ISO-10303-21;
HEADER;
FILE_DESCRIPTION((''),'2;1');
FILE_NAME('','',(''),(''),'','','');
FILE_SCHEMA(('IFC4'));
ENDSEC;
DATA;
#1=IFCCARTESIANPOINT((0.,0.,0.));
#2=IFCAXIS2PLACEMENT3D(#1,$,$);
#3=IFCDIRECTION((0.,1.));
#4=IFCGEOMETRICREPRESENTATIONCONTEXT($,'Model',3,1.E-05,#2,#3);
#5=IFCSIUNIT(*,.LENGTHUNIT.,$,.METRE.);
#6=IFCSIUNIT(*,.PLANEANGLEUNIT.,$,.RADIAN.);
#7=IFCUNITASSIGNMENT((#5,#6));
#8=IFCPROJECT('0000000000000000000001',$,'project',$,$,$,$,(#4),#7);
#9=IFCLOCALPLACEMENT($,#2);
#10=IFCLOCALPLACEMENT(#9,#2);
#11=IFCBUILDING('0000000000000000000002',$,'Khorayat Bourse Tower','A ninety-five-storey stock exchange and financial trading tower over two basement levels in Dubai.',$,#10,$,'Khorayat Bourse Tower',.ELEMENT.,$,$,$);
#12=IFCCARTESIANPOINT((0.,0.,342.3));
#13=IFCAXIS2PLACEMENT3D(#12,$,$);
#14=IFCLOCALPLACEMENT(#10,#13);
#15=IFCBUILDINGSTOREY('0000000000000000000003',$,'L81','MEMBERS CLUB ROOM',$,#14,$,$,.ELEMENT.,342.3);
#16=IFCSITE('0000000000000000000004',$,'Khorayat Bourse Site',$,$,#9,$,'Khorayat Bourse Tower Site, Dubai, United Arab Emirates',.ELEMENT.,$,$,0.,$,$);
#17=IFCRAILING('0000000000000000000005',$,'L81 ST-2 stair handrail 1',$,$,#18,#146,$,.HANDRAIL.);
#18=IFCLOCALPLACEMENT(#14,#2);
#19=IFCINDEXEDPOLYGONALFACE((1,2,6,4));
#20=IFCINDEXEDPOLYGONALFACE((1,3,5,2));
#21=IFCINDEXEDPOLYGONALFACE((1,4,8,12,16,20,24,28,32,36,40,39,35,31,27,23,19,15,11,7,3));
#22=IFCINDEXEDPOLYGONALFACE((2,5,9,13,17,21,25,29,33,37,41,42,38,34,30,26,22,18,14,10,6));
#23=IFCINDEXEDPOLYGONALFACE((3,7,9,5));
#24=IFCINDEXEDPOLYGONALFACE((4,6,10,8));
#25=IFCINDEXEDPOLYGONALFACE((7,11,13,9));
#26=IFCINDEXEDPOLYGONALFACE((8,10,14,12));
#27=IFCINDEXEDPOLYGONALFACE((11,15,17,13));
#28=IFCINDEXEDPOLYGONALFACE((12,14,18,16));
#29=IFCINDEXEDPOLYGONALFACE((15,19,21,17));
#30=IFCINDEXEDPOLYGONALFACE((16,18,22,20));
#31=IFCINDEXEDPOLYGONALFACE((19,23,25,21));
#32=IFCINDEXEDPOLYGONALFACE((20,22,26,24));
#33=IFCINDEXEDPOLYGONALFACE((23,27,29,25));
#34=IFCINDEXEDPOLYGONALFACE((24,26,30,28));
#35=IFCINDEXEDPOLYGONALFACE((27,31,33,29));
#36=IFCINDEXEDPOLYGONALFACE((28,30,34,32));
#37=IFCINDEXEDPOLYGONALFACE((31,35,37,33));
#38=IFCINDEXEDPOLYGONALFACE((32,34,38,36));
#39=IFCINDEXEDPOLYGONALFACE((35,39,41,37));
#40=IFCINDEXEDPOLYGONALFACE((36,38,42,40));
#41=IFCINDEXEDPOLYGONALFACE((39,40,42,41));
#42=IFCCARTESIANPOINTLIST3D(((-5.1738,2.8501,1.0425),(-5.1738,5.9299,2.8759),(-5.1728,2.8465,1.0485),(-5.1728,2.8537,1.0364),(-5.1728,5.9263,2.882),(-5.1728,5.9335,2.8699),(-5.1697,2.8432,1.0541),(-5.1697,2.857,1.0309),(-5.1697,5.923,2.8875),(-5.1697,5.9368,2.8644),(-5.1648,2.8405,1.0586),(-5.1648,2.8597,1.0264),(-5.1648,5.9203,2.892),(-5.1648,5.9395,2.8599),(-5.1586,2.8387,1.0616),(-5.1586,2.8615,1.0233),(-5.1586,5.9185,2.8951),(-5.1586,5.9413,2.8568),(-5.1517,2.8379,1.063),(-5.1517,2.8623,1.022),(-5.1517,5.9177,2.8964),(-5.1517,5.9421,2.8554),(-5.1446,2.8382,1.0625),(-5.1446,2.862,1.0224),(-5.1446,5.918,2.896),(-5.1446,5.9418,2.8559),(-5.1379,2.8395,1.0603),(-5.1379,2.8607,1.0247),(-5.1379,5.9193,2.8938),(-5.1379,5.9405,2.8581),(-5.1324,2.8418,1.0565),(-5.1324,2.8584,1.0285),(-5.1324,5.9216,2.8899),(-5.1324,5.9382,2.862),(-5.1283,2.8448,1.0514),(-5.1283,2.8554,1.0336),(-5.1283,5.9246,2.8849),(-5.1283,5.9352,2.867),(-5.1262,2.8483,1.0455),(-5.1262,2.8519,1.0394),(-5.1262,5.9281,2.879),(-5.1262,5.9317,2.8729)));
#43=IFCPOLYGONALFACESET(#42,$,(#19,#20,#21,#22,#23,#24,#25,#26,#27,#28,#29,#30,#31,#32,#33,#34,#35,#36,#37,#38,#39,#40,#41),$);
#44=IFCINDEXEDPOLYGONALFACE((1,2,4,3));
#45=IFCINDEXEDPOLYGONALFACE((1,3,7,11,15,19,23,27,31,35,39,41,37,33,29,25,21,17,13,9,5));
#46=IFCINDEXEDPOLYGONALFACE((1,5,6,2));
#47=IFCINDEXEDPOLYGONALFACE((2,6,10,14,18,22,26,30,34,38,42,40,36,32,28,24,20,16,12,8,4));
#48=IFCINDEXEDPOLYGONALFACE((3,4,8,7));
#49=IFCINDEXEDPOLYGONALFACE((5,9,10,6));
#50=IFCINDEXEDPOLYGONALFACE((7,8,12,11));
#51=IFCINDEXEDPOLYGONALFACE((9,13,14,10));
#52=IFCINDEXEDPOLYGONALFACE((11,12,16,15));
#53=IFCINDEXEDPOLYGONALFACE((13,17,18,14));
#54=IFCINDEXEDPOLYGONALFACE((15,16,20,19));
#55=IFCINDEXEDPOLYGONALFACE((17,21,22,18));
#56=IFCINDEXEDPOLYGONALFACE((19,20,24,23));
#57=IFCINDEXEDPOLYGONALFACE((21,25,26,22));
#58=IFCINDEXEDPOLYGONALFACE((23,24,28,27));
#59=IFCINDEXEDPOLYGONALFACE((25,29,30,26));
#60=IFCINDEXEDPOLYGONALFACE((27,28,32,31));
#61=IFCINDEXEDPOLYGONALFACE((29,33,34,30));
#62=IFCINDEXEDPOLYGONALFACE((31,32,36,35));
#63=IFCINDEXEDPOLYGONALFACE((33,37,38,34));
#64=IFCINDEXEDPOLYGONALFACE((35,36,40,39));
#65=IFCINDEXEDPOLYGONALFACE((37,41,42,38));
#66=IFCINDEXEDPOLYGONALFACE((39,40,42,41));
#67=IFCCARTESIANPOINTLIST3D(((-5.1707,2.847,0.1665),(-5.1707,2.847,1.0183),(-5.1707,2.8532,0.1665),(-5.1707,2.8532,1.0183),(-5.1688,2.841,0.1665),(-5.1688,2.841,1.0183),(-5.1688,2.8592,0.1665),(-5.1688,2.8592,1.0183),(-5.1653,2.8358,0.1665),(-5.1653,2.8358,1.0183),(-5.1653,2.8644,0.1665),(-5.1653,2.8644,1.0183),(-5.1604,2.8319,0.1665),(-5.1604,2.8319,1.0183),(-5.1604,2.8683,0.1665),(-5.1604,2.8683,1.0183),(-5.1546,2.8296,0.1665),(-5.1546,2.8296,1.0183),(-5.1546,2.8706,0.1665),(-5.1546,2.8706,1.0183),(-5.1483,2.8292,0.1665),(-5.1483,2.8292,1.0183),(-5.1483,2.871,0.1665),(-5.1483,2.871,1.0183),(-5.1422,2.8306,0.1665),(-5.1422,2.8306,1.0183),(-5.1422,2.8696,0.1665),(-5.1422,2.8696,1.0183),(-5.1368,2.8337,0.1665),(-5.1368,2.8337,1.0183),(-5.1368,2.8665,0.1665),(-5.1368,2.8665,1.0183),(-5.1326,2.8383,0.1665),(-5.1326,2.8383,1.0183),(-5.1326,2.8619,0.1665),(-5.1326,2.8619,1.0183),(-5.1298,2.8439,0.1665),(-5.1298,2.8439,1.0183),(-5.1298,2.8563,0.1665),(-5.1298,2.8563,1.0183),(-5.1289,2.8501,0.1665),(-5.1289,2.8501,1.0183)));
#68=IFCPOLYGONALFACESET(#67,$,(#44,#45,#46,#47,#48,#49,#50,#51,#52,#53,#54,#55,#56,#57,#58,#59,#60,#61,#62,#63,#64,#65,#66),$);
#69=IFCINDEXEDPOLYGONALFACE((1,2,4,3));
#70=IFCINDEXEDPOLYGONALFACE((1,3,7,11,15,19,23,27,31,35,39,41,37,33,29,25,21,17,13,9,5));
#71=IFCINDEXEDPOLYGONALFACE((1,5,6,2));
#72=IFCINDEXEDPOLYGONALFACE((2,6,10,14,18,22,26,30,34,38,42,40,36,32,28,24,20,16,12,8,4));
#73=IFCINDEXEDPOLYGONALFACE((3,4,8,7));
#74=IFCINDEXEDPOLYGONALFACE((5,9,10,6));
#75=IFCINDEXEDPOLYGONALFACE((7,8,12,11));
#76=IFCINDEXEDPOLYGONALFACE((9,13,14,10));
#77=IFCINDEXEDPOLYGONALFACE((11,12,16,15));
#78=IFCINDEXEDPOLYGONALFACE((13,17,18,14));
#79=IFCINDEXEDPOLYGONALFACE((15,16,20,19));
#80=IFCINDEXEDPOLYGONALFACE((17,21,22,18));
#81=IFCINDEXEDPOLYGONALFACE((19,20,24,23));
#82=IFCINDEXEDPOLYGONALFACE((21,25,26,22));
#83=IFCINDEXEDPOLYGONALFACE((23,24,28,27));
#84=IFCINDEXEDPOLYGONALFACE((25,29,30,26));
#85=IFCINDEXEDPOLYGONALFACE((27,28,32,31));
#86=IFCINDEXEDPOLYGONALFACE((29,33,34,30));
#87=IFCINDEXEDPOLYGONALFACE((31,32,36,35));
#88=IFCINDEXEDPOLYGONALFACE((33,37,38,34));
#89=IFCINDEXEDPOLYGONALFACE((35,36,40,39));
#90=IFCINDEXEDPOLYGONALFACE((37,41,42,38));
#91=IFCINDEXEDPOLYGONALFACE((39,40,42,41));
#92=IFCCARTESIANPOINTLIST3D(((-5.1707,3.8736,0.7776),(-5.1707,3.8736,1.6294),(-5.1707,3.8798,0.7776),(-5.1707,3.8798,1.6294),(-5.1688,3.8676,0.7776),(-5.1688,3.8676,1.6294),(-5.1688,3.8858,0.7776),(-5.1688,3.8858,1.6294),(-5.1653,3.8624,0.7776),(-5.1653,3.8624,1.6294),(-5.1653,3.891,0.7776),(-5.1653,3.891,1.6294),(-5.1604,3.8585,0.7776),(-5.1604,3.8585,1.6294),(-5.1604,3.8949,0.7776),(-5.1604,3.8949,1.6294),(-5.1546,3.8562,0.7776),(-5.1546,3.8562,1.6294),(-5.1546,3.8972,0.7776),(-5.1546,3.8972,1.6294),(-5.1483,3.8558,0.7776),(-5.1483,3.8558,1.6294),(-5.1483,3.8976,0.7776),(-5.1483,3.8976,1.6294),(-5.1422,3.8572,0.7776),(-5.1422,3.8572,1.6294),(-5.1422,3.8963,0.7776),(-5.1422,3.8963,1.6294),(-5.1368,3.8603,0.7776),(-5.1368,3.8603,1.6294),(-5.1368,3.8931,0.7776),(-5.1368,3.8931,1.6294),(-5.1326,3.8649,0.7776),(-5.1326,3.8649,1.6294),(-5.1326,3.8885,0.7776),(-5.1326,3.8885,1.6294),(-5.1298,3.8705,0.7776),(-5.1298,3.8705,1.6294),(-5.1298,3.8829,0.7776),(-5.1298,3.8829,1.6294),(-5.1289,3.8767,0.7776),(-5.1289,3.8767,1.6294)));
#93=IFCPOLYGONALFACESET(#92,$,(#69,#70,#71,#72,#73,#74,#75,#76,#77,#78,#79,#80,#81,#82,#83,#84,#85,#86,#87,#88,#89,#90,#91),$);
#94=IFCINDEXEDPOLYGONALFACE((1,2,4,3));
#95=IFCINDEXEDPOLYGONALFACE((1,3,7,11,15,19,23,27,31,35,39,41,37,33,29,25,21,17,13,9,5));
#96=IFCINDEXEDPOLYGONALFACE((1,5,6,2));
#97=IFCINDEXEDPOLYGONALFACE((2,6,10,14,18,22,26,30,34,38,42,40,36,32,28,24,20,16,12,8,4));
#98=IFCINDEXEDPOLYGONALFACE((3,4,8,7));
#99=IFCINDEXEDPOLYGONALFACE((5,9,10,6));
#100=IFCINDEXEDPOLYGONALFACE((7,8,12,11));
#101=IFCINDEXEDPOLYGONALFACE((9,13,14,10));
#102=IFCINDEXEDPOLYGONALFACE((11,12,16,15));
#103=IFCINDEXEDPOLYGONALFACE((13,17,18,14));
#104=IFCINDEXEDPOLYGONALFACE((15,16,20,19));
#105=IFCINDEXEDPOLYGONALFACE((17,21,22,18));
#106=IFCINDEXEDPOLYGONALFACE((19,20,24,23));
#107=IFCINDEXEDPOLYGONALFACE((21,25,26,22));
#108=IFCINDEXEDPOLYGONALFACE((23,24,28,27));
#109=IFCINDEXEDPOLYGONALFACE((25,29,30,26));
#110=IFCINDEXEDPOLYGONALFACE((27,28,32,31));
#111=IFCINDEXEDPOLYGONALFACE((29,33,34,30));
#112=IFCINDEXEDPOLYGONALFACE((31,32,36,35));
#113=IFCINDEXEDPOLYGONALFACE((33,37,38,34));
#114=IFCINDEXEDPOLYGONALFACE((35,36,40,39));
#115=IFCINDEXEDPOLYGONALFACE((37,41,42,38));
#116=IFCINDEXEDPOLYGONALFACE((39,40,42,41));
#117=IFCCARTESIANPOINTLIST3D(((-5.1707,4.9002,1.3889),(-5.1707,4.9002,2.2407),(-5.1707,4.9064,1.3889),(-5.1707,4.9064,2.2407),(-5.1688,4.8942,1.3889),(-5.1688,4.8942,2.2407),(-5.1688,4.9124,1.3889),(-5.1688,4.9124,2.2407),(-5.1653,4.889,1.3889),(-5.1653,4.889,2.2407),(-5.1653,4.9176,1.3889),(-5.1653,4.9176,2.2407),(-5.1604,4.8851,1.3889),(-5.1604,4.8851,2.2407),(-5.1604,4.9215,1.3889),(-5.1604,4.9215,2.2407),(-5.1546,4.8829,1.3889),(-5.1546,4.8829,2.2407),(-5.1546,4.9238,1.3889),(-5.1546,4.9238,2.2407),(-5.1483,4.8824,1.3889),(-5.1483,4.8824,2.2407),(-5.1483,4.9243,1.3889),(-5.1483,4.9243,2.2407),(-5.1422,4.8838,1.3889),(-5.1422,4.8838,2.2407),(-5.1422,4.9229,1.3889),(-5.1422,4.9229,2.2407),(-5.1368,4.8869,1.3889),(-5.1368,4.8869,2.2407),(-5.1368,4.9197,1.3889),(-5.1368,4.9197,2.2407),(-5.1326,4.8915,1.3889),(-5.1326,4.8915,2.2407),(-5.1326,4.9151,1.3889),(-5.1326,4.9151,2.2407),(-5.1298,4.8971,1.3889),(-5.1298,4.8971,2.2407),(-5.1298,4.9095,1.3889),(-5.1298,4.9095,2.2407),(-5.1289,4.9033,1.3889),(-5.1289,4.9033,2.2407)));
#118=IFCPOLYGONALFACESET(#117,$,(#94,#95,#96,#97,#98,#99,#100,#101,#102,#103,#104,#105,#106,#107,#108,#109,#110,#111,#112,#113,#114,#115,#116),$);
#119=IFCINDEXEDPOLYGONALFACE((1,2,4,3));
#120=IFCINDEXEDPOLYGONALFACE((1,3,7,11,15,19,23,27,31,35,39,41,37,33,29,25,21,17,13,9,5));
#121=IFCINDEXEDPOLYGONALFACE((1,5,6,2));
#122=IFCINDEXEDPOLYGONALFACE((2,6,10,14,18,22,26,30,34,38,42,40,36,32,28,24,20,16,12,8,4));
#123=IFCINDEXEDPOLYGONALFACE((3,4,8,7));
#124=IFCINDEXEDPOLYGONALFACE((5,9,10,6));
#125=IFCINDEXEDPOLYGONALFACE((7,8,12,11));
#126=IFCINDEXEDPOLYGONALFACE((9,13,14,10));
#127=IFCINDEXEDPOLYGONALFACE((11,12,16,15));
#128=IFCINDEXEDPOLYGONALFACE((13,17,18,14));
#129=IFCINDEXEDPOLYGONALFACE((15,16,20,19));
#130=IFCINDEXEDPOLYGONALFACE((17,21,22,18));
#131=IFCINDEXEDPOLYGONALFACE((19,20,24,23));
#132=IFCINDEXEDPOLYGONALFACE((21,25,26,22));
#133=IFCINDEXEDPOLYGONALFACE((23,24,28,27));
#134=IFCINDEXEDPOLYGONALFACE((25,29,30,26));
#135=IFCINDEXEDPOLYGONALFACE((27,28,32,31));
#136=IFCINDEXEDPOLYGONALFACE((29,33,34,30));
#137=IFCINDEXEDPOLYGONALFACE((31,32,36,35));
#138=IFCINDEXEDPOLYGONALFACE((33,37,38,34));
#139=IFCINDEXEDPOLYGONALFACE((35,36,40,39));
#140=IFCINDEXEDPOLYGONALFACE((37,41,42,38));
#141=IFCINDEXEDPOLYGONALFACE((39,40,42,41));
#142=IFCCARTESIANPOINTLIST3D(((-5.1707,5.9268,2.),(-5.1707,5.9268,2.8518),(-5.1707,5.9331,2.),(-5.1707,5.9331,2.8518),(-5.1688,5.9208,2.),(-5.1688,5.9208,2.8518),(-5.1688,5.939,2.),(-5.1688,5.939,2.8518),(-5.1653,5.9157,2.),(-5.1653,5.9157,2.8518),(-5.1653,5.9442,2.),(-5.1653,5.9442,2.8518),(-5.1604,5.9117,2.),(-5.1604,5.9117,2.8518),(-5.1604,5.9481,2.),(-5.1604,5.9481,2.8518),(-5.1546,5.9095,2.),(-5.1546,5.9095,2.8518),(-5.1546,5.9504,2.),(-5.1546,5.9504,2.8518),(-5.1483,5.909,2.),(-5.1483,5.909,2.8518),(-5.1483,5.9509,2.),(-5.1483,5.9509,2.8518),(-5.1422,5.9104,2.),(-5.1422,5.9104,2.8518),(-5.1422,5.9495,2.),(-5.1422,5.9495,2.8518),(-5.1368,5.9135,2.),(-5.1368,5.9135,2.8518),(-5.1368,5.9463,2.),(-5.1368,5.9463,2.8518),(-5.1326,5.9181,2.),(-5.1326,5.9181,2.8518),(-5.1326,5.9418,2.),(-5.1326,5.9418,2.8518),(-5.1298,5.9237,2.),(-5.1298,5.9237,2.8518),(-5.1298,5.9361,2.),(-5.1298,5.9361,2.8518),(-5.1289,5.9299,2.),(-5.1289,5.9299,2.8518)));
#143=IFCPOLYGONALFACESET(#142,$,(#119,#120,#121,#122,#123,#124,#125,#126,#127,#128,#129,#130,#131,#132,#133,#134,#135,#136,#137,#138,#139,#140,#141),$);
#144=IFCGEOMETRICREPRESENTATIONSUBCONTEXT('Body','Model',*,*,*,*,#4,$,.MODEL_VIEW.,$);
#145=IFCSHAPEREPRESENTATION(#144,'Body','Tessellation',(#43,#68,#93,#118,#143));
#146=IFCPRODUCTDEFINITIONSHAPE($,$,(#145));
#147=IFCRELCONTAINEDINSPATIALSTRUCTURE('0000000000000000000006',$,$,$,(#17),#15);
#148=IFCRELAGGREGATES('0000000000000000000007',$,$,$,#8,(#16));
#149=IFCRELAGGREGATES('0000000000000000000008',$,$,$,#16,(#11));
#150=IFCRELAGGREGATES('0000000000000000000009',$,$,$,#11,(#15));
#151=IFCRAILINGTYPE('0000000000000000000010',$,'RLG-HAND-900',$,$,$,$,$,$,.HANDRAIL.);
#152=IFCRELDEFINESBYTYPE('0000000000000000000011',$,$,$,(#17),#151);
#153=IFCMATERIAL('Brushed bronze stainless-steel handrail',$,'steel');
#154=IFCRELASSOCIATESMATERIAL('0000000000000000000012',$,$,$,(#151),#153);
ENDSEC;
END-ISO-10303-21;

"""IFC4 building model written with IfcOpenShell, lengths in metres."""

from ifc_helpers import new_model, si_unit, direction, frame, origin, origin_2d, place, context, subcontext, project, spatial, circle, extrude, source, transform, mapped, material, type_object, element, save


model = new_model("IFC4")

# Units and contexts
model_context = context("Model", 3, precision=1e-05, world=origin(), true_north=direction((0.0, 1.0)))
body_context = subcontext(model_context, "Body", "Model", "MODEL_VIEW")
ifc_project = project(units=[si_unit("LENGTHUNIT", "METRE"), si_unit("PLANEANGLEUNIT", "RADIAN")], contexts=[model_context])

# Site, building, storey
site_placement = place(None, origin())
site = spatial("IfcSite", under=ifc_project, at=site_placement, Name="Khorayat Bourse Site", LongName="Khorayat Bourse Tower Site, Dubai, United Arab Emirates", CompositionType="ELEMENT", RefElevation=0.0)
building_placement = place(site_placement, origin())
building = spatial("IfcBuilding", under=site, at=building_placement, Name="Khorayat Bourse Tower", Description="A ninety-five-storey stock exchange and financial trading tower over two basement levels in Dubai.", LongName="Khorayat Bourse Tower", CompositionType="ELEMENT")
storey_placement = place(building_placement, frame((0.0, 0.0, 342.3)))
storey = spatial("IfcBuildingStorey", under=building, at=storey_placement, Name="L81", Description="MEMBERS CLUB ROOM", CompositionType="ELEMENT", Elevation=342.3)

# Railing
ifc_material_1 = material(Name="Brushed bronze stainless-steel handrail", Category="steel")
railing_type_1 = type_object("IfcRailingType", Name="RLG-HAND-900", PredefinedType="HANDRAIL", material=ifc_material_1)
shared_shape_1 = source(origin(), body_context, "Body", "SweptSolid", [
    extrude(circle(Radius=0.0239, at=origin_2d()), frame((0.0, 0.0, 0.876), z_axis=(0.0, 0.859261, 0.511538), x_axis=(-1.0, 0.0, 0.0)), (0.0, 0.0, 1.0), 3.5842),
    extrude(circle(Radius=0.021, at=origin_2d()), origin(), (0.0, 0.0, 1.0), 0.8518),
    extrude(circle(Radius=0.021, at=origin_2d()), frame((0.0, 1.0266, 0.6111)), (0.0, 0.0, 1.0), 0.8518),
    extrude(circle(Radius=0.021, at=origin_2d()), frame((0.0, 2.0532, 1.2224)), (0.0, 0.0, 1.0), 0.8518),
    extrude(circle(Radius=0.021, at=origin_2d()), frame((0.0, 3.0798, 1.8335)), (0.0, 0.0, 1.0), 0.8518),
])
railing_1_placement = place(storey_placement, frame((-5.1499, 2.8501, 0.1665)))
element("IfcRailing", 1, at=railing_1_placement, inside=storey, type_object=railing_type_1, Name="L81 ST-2 stair handrail 1", PredefinedType="HANDRAIL", context=body_context, shape_type="MappedRepresentation", body=[
    mapped(shared_shape_1, transform((0.0, 0.0, 0.0), scale=1.0)),
])

save(model, "model.ifc")
